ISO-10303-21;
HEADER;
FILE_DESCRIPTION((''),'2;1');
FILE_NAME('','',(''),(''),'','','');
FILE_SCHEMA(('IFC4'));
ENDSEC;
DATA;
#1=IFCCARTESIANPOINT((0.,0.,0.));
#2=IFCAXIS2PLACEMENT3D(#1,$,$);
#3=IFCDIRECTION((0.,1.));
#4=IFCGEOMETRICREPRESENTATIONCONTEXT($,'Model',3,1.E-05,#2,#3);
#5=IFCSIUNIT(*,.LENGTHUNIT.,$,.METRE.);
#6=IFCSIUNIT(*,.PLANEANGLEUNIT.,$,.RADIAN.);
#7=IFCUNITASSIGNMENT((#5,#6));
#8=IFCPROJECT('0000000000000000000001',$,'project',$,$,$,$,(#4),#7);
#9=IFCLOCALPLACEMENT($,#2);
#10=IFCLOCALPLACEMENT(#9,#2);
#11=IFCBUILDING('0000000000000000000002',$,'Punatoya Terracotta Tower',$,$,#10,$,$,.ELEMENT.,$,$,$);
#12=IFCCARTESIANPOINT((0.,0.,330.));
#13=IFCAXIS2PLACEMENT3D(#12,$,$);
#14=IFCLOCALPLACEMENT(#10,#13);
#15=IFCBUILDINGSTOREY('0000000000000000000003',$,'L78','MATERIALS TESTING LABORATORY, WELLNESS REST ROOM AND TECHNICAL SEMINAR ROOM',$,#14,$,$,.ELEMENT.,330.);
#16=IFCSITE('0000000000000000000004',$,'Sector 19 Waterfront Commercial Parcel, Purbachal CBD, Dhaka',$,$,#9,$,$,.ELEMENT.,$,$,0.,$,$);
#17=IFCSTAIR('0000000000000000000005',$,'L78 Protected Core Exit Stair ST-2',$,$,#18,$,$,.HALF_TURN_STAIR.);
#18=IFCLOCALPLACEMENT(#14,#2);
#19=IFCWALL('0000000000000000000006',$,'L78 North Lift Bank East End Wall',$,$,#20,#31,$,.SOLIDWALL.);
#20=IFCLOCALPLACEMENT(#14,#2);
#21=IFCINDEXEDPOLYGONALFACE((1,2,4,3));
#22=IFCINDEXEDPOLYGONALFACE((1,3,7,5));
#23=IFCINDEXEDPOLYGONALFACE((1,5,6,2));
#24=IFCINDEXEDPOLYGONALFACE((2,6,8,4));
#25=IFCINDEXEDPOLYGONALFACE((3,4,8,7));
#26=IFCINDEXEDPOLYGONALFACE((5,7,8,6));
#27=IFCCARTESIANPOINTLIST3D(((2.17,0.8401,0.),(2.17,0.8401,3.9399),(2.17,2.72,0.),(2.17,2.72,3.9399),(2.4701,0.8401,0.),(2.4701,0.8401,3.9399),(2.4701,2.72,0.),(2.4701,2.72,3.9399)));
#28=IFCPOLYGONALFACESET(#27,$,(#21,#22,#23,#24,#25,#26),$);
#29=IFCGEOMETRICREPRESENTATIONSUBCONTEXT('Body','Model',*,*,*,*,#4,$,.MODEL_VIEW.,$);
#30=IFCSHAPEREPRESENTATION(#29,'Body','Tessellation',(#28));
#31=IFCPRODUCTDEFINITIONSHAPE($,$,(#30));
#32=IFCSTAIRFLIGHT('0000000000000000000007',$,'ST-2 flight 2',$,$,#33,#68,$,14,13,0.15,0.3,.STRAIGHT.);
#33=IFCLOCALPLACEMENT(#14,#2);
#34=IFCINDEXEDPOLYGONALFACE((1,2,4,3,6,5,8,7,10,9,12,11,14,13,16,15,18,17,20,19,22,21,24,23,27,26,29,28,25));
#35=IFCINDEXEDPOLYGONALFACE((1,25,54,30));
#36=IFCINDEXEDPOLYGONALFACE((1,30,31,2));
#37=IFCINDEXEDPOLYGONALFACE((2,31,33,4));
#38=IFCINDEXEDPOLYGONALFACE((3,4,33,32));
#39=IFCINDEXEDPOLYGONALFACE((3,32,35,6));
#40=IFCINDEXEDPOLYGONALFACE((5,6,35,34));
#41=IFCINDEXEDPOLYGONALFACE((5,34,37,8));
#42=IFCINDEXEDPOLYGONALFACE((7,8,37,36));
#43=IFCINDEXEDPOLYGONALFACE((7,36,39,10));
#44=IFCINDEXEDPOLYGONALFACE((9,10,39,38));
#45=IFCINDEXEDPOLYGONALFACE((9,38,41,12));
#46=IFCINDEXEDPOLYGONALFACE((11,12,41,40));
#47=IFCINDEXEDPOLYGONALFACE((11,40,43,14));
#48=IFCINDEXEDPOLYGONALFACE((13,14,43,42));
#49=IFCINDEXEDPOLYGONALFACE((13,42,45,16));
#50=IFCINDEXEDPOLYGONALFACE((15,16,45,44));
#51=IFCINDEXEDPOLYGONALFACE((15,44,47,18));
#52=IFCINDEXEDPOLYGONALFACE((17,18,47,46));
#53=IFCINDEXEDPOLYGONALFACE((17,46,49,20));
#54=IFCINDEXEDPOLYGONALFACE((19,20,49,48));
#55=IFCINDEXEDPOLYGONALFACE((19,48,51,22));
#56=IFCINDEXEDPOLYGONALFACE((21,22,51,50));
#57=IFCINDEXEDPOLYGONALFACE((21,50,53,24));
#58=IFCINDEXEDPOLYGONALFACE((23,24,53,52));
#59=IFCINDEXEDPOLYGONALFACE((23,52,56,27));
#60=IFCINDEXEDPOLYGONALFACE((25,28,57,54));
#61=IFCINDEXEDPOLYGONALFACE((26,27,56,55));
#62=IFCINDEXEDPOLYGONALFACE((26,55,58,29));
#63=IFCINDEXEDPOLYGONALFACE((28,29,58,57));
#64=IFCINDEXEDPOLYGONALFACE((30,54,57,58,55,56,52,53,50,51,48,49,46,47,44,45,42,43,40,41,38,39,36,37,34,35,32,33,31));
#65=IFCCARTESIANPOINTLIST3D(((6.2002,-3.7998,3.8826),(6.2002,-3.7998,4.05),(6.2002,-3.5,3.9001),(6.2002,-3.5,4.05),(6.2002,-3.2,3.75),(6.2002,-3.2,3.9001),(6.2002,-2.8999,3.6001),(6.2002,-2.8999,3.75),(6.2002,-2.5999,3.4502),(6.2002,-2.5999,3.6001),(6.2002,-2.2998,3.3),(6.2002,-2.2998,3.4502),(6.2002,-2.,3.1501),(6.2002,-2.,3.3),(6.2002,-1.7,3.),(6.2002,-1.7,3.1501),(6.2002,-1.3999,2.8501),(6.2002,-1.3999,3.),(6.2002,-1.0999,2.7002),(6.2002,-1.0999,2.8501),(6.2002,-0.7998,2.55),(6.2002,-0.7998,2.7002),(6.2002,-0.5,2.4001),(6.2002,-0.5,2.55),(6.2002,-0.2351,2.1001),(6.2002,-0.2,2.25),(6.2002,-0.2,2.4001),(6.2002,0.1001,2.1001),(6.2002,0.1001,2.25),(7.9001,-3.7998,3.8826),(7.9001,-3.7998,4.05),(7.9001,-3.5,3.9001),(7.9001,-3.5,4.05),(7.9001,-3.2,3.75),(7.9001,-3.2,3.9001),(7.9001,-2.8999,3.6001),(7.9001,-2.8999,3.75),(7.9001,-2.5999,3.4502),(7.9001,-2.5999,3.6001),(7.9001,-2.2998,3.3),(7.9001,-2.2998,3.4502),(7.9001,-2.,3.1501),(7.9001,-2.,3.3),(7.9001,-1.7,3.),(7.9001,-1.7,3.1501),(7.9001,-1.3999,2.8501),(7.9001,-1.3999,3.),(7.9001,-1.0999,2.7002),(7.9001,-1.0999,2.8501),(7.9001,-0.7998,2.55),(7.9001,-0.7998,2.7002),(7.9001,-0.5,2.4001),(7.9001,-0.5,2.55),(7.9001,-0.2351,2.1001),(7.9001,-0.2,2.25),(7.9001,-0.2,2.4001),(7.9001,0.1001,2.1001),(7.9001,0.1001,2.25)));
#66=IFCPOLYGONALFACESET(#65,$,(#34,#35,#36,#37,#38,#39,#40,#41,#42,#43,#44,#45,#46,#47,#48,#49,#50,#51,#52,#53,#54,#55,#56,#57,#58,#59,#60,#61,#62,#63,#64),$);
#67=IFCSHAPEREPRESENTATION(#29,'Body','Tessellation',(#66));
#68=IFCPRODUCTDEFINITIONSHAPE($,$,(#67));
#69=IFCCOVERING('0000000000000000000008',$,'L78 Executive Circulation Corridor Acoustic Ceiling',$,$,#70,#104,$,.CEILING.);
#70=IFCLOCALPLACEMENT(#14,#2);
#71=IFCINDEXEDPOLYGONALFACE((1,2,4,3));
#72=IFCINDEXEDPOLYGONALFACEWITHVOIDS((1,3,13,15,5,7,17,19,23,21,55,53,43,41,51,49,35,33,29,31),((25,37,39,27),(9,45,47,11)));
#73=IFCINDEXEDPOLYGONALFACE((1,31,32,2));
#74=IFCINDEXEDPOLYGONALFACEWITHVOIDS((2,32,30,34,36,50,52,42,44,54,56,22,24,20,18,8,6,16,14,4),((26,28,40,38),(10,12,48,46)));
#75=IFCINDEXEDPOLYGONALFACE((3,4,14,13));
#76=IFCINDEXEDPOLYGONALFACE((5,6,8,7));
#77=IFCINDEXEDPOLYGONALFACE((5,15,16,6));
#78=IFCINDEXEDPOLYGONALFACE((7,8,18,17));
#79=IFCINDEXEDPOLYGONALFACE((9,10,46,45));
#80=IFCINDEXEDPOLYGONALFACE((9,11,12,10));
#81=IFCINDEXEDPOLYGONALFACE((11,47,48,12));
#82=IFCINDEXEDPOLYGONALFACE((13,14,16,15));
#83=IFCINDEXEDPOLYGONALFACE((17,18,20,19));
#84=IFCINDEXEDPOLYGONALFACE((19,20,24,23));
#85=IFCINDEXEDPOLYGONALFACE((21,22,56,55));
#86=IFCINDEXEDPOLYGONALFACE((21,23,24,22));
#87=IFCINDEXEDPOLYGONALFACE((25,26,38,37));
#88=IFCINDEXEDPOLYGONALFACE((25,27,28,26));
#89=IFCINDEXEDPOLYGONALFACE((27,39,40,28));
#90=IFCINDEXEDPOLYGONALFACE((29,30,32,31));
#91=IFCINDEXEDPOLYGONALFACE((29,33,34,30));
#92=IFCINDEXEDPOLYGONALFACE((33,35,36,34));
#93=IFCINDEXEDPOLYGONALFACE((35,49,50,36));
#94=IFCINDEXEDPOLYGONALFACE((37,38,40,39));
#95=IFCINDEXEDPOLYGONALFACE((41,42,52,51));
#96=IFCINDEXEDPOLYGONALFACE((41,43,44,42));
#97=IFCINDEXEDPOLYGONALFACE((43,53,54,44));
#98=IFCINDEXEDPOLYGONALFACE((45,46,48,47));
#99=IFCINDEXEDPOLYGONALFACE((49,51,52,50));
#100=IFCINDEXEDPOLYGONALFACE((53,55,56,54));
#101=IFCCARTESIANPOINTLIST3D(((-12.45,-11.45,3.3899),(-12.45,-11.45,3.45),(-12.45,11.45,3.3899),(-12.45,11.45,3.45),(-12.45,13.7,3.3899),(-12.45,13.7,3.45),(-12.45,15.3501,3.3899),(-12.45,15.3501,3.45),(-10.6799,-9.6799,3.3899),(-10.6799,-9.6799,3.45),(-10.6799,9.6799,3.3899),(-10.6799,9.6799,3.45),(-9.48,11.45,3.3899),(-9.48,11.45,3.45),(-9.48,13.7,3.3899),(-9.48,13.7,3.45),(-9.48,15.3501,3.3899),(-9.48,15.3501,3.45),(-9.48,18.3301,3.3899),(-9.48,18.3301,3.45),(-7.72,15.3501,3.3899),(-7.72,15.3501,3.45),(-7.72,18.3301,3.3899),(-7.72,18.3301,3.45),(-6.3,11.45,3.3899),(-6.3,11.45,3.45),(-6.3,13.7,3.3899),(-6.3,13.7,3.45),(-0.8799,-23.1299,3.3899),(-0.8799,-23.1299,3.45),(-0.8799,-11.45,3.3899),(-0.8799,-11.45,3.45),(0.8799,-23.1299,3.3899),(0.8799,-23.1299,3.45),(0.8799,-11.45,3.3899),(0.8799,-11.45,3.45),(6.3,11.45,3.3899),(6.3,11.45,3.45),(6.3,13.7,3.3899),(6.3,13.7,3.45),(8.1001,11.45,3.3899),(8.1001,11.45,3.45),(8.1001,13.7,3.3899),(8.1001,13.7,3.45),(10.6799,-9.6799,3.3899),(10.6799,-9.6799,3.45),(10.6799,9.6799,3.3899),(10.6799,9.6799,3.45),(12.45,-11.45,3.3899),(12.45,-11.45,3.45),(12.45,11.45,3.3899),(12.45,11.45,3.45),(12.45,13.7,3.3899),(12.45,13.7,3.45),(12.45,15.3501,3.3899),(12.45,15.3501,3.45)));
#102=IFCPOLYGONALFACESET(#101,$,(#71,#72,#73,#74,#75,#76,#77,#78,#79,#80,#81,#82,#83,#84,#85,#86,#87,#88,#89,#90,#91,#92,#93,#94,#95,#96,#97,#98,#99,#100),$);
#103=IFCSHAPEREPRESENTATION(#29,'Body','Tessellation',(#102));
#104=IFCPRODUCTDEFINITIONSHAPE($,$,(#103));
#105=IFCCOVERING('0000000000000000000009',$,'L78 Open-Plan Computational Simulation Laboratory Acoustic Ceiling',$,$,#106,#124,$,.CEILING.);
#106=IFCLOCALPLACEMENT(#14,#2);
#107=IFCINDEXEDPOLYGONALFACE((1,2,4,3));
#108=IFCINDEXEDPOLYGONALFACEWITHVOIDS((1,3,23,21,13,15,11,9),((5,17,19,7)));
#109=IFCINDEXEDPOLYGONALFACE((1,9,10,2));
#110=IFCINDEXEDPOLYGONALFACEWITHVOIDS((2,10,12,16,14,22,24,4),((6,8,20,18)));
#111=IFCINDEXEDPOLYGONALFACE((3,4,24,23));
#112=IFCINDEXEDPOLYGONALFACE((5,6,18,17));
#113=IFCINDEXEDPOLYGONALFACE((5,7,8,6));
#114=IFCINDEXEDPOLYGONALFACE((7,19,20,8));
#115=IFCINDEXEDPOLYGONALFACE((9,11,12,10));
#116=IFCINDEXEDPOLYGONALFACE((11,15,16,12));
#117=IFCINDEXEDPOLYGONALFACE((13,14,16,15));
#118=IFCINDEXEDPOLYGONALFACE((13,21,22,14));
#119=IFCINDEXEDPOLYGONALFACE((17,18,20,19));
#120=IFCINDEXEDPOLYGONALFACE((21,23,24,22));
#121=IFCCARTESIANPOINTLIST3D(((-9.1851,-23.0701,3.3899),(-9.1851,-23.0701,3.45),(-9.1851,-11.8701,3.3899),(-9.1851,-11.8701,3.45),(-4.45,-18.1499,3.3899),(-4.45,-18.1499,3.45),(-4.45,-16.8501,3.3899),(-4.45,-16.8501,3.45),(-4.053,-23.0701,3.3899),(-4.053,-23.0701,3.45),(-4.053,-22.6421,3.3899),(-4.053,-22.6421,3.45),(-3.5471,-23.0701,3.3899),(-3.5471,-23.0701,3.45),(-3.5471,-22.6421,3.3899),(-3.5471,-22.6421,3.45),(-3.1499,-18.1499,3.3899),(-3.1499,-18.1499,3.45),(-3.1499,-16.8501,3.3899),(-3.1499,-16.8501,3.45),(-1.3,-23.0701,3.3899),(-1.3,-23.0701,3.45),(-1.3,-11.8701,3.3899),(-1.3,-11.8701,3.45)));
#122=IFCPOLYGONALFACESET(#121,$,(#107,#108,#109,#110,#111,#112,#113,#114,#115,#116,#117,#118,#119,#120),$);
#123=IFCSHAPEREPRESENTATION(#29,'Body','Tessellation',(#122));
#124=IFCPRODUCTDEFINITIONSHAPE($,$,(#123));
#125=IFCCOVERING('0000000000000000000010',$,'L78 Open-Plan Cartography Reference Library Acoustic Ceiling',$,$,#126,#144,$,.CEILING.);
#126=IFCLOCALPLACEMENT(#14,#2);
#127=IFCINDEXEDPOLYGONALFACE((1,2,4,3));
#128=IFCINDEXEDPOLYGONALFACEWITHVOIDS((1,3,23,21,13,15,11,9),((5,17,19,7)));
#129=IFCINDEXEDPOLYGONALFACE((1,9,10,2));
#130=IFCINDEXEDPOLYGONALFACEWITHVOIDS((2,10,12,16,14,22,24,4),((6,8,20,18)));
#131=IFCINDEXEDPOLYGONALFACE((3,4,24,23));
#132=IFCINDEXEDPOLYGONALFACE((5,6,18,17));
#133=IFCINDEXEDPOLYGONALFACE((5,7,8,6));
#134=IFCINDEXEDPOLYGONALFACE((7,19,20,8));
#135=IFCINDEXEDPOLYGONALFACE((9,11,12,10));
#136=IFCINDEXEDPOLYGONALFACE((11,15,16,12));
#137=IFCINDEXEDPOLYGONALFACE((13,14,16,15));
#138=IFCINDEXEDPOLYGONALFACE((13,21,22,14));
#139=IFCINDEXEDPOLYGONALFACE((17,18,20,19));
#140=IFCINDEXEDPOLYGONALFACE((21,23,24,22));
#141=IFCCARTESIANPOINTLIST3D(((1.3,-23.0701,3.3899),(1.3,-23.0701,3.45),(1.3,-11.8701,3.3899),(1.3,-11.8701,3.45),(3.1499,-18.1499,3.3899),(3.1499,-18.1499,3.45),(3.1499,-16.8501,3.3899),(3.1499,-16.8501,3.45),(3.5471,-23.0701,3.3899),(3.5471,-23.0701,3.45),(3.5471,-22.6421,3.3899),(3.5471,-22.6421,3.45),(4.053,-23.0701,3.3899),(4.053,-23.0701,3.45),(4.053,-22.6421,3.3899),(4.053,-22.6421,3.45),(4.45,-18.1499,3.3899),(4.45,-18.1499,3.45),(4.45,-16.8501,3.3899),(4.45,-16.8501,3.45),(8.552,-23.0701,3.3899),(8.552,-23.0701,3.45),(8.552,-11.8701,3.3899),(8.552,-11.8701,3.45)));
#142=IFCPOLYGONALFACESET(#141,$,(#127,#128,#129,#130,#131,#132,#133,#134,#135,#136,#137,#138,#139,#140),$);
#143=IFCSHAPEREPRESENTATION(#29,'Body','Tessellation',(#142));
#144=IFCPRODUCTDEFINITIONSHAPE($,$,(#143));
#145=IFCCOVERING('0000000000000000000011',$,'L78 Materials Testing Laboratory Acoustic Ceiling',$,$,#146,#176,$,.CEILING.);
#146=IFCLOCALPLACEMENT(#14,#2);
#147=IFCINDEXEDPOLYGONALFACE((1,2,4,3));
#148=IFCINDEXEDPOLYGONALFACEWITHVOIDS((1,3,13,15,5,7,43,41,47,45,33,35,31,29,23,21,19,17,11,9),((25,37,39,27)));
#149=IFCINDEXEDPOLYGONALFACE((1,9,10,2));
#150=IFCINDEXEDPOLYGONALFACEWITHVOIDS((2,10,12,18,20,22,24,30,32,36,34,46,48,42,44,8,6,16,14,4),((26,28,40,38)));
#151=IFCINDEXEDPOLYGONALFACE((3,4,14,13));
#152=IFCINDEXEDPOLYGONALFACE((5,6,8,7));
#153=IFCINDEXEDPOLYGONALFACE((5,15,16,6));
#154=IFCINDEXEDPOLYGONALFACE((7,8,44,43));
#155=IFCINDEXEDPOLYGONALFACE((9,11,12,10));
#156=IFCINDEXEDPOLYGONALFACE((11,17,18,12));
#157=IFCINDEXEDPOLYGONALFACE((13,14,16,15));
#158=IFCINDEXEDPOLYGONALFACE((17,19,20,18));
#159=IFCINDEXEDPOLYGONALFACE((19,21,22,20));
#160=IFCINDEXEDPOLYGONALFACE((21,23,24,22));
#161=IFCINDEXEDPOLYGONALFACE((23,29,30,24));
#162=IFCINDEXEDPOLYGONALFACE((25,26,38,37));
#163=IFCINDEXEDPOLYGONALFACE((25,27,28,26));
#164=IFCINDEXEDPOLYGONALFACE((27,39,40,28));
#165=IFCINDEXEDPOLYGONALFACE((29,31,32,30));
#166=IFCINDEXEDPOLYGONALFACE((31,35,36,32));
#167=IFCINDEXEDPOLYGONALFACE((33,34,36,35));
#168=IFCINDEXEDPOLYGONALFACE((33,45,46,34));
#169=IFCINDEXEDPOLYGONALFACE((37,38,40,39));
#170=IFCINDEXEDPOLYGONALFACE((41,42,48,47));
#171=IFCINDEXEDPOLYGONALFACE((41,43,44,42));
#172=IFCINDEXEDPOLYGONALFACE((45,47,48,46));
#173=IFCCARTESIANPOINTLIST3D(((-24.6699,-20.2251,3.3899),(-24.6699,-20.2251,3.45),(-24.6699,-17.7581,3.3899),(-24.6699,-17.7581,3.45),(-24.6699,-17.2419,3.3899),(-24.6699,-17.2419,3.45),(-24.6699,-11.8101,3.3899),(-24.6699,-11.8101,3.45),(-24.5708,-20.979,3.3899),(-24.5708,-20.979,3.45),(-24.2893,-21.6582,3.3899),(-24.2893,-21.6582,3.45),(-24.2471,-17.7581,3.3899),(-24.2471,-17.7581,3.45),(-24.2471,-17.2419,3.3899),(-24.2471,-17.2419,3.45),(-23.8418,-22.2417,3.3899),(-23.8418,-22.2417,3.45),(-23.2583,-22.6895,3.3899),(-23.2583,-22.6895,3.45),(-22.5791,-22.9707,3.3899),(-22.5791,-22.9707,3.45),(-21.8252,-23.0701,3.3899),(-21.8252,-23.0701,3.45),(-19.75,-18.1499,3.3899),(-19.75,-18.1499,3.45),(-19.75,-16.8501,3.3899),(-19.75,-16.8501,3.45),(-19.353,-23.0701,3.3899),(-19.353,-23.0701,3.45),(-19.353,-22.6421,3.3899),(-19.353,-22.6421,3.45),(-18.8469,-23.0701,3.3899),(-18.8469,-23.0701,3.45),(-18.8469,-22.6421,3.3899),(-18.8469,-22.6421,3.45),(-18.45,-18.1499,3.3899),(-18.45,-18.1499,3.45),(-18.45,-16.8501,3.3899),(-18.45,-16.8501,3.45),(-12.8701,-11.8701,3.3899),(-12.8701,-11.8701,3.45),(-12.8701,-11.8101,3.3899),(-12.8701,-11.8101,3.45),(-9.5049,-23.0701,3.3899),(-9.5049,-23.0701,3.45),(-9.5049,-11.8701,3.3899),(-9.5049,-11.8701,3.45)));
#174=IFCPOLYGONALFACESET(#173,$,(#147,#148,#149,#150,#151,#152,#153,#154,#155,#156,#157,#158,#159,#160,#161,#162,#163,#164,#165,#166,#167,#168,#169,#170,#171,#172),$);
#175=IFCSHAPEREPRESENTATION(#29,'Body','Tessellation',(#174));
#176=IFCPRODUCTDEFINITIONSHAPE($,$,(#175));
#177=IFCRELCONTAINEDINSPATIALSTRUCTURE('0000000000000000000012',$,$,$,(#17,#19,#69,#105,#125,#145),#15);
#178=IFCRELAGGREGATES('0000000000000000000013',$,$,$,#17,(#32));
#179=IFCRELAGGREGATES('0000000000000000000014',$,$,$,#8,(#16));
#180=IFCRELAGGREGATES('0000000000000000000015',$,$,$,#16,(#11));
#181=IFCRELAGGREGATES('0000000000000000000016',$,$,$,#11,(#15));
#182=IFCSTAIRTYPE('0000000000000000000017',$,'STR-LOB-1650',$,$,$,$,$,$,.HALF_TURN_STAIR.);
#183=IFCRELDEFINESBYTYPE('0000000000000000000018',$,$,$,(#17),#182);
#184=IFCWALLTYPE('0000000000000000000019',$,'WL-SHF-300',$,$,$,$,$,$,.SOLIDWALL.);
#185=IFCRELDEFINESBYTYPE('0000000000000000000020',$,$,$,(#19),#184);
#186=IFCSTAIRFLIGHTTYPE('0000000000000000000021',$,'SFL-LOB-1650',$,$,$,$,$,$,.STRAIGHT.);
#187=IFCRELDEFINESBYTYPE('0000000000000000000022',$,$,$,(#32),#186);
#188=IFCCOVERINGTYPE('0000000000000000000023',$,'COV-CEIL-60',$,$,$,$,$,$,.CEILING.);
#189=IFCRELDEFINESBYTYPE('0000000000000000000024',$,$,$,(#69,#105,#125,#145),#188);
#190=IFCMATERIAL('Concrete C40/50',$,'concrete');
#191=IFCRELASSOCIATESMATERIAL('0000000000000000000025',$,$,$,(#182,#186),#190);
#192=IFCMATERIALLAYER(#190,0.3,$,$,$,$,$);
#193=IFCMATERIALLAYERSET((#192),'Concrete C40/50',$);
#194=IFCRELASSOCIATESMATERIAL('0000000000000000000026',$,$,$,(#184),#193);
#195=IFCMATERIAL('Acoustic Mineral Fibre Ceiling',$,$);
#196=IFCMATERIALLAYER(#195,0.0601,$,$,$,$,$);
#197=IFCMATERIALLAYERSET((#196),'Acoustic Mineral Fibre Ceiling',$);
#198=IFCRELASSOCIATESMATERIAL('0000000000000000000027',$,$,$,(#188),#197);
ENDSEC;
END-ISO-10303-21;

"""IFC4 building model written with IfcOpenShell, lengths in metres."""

from ifc_helpers import new_model, si_unit, direction, frame, frame_2d, origin, place, context, subcontext, project, spatial, polyline, rectangle, outline, extrude, material, layer, layer_set, type_object, element, aggregate, save


model = new_model("IFC4")

# Units and contexts
model_context = context("Model", 3, precision=1e-05, world=origin(), true_north=direction((0.0, 1.0)))
body_context = subcontext(model_context, "Body", "Model", "MODEL_VIEW")
ifc_project = project(units=[si_unit("LENGTHUNIT", "METRE"), si_unit("PLANEANGLEUNIT", "RADIAN")], contexts=[model_context])

# Site, building, storey
site_placement = place(None, origin())
site = spatial("IfcSite", under=ifc_project, at=site_placement, Name="Sector 19 Waterfront Commercial Parcel, Purbachal CBD, Dhaka", CompositionType="ELEMENT", RefElevation=0.0)
building_placement = place(site_placement, origin())
building = spatial("IfcBuilding", under=site, at=building_placement, Name="Punatoya Terracotta Tower", CompositionType="ELEMENT")
storey_placement = place(building_placement, frame((0.0, 0.0, 330.0)))
storey = spatial("IfcBuildingStorey", under=building, at=storey_placement, Name="L78", Description="MATERIALS TESTING LABORATORY, WELLNESS REST ROOM AND TECHNICAL SEMINAR ROOM", CompositionType="ELEMENT", Elevation=330.0)

# Stair
ifc_material_1 = material(Name="Concrete C40/50", Category="concrete")
stair_type_1 = type_object("IfcStairType", Name="STR-LOB-1650", PredefinedType="HALF_TURN_STAIR", material=ifc_material_1)
stair_1_placement = place(storey_placement, origin())
stair_1 = element("IfcStair", 1, at=stair_1_placement, inside=storey, type_object=stair_type_1, Name="L78 Protected Core Exit Stair ST-2", PredefinedType="HALF_TURN_STAIR")

# Wall
ifc_layer_1 = layer(ifc_material_1, 0.3)
ifc_layer_set_1 = layer_set([ifc_layer_1], Name="Concrete C40/50")
wall_type_1 = type_object("IfcWallType", Name="WL-SHF-300", PredefinedType="SOLIDWALL", material=ifc_layer_set_1)
wall_1_placement = place(storey_placement, frame((2.3201, 0.8401, 0.0), z_axis=(0.0, 0.0, 1.0), x_axis=(0.0, 1.0, 0.0)))
element("IfcWall", 2, at=wall_1_placement, inside=storey, type_object=wall_type_1, Name="L78 North Lift Bank East End Wall", PredefinedType="SOLIDWALL", context=body_context, shape_type="SweptSolid", body=[
    extrude(rectangle(XDim=1.8799, YDim=0.3, at=frame_2d((0.9399, 0.0))), origin(), (0.0, 0.0, 1.0), 3.9399),
])

# Stair flight
stair_flight_type = type_object("IfcStairFlightType", Name="SFL-LOB-1650", PredefinedType="STRAIGHT", material=ifc_material_1)
stair_flight_placement = place(storey_placement, frame((7.05, 0.1001, 2.1001), z_axis=(0.0, 0.0, 1.0), x_axis=(0.0, -1.0, 0.0)))
stair_flight = element("IfcStairFlight", 3, at=stair_flight_placement, type_object=stair_flight_type, Name="ST-2 flight 2", NumberOfRisers=14, NumberOfTreads=13, PredefinedType="STRAIGHT", RiserHeight=0.15, TreadLength=0.3, context=body_context, shape_type="SweptSolid", body=[
    extrude(outline(polyline([(0.0, 0.0), (0.0, 0.1499), (0.3, 0.1499), (0.3, 0.3), (0.6001, 0.3), (0.6001, 0.45), (0.8999, 0.45), (0.8999, 0.6001), (1.2, 0.6001), (1.2, 0.75), (1.5, 0.75), (1.5, 0.8999), (1.8, 0.8999), (1.8, 1.05), (2.1001, 1.05), (2.1001, 1.2), (2.3999, 1.2), (2.3999, 1.3501), (2.7, 1.3501), (2.7, 1.5), (3.0, 1.5), (3.0, 1.6499), (3.3, 1.6499), (3.3, 1.8), (3.6001, 1.8), (3.6001, 1.95), (3.8999, 1.95), (3.8999, 2.1001), (3.8999, 1.7825), (0.3352, 0.0), (0.0, 0.0)])), frame((0.0, 0.8501, 0.0), z_axis=(0.0, -1.0, 0.0), x_axis=(1.0, 0.0, 0.0)), (0.0, 0.0, 1.0), 1.7),
])
aggregate(stair_1, [stair_flight])

# Coverings
ifc_material_2 = material(Name="Acoustic Mineral Fibre Ceiling")
ifc_layer_2 = layer(ifc_material_2, 0.0601)
ifc_layer_set_2 = layer_set([ifc_layer_2], Name="Acoustic Mineral Fibre Ceiling")
covering_type = type_object("IfcCoveringType", Name="COV-CEIL-60", PredefinedType="CEILING", material=ifc_layer_set_2)
covering_1_placement = place(storey_placement, frame((0.0, 0.0, 3.3899)))
element("IfcCovering", 4, at=covering_1_placement, inside=storey, type_object=covering_type, Name="L78 Executive Circulation Corridor Acoustic Ceiling", PredefinedType="CEILING", context=body_context, shape_type="SweptSolid", body=[
    extrude(outline(polyline([(-0.8799, -11.45), (-0.8799, -23.1299), (0.8799, -23.1299), (0.8799, -11.45), (12.45, -11.45), (12.45, 11.45), (8.1001, 11.45), (8.1001, 13.7), (12.45, 13.7), (12.45, 15.3501), (-7.72, 15.3501), (-7.72, 18.3301), (-9.48, 18.3301), (-9.48, 15.3501), (-12.45, 15.3501), (-12.45, 13.7), (-9.48, 13.7), (-9.48, 11.45), (-12.45, 11.45), (-12.45, -11.45), (-0.8799, -11.45)]), holes=[polyline([(10.6799, 9.6799), (10.6799, -9.6799), (-10.6799, -9.6799), (-10.6799, 9.6799), (10.6799, 9.6799)]), polyline([(6.3, 11.45), (-6.3, 11.45), (-6.3, 13.7), (6.3, 13.7), (6.3, 11.45)])]), origin(), (0.0, 0.0, 1.0), 0.0601),
])
covering_2_placement = place(storey_placement, frame((0.0, 0.0, 3.3899)))
element("IfcCovering", 5, at=covering_2_placement, inside=storey, type_object=covering_type, Name="L78 Open-Plan Computational Simulation Laboratory Acoustic Ceiling", PredefinedType="CEILING", context=body_context, shape_type="SweptSolid", body=[
    extrude(outline(polyline([(-1.3, -11.8701), (-9.1851, -11.8701), (-9.1851, -23.0701), (-4.053, -23.0701), (-4.053, -22.6421), (-3.5471, -22.6421), (-3.5471, -23.0701), (-1.3, -23.0701), (-1.3, -11.8701)]), holes=[polyline([(-4.45, -16.8501), (-3.1499, -16.8501), (-3.1499, -18.1499), (-4.45, -18.1499), (-4.45, -16.8501)])]), origin(), (0.0, 0.0, 1.0), 0.0601),
])
covering_3_placement = place(storey_placement, frame((0.0, 0.0, 3.3899)))
element("IfcCovering", 6, at=covering_3_placement, inside=storey, type_object=covering_type, Name="L78 Open-Plan Cartography Reference Library Acoustic Ceiling", PredefinedType="CEILING", context=body_context, shape_type="SweptSolid", body=[
    extrude(outline(polyline([(1.3, -23.0701), (3.5471, -23.0701), (3.5471, -22.6421), (4.053, -22.6421), (4.053, -23.0701), (8.552, -23.0701), (8.552, -11.8701), (1.3, -11.8701), (1.3, -23.0701)]), holes=[polyline([(4.45, -16.8501), (4.45, -18.1499), (3.1499, -18.1499), (3.1499, -16.8501), (4.45, -16.8501)])]), origin(), (0.0, 0.0, 1.0), 0.0601),
])
covering_4_placement = place(storey_placement, frame((0.0, 0.0, 3.3899)))
element("IfcCovering", 7, at=covering_4_placement, inside=storey, type_object=covering_type, Name="L78 Materials Testing Laboratory Acoustic Ceiling", PredefinedType="CEILING", context=body_context, shape_type="SweptSolid", body=[
    extrude(outline(polyline([(-12.8701, -11.8701), (-12.8701, -11.8101), (-24.6699, -11.8101), (-24.6699, -17.2419), (-24.2471, -17.2419), (-24.2471, -17.7581), (-24.6699, -17.7581), (-24.6699, -20.2251), (-24.5708, -20.979), (-24.2893, -21.6582), (-23.8418, -22.2417), (-23.2583, -22.6895), (-22.5791, -22.9707), (-21.8252, -23.0701), (-19.353, -23.0701), (-19.353, -22.6421), (-18.8469, -22.6421), (-18.8469, -23.0701), (-9.5049, -23.0701), (-9.5049, -11.8701), (-12.8701, -11.8701)]), holes=[polyline([(-19.75, -18.1499), (-19.75, -16.8501), (-18.45, -16.8501), (-18.45, -18.1499), (-19.75, -18.1499)])]), origin(), (0.0, 0.0, 1.0), 0.0601),
])

save(model, "model.ifc")
